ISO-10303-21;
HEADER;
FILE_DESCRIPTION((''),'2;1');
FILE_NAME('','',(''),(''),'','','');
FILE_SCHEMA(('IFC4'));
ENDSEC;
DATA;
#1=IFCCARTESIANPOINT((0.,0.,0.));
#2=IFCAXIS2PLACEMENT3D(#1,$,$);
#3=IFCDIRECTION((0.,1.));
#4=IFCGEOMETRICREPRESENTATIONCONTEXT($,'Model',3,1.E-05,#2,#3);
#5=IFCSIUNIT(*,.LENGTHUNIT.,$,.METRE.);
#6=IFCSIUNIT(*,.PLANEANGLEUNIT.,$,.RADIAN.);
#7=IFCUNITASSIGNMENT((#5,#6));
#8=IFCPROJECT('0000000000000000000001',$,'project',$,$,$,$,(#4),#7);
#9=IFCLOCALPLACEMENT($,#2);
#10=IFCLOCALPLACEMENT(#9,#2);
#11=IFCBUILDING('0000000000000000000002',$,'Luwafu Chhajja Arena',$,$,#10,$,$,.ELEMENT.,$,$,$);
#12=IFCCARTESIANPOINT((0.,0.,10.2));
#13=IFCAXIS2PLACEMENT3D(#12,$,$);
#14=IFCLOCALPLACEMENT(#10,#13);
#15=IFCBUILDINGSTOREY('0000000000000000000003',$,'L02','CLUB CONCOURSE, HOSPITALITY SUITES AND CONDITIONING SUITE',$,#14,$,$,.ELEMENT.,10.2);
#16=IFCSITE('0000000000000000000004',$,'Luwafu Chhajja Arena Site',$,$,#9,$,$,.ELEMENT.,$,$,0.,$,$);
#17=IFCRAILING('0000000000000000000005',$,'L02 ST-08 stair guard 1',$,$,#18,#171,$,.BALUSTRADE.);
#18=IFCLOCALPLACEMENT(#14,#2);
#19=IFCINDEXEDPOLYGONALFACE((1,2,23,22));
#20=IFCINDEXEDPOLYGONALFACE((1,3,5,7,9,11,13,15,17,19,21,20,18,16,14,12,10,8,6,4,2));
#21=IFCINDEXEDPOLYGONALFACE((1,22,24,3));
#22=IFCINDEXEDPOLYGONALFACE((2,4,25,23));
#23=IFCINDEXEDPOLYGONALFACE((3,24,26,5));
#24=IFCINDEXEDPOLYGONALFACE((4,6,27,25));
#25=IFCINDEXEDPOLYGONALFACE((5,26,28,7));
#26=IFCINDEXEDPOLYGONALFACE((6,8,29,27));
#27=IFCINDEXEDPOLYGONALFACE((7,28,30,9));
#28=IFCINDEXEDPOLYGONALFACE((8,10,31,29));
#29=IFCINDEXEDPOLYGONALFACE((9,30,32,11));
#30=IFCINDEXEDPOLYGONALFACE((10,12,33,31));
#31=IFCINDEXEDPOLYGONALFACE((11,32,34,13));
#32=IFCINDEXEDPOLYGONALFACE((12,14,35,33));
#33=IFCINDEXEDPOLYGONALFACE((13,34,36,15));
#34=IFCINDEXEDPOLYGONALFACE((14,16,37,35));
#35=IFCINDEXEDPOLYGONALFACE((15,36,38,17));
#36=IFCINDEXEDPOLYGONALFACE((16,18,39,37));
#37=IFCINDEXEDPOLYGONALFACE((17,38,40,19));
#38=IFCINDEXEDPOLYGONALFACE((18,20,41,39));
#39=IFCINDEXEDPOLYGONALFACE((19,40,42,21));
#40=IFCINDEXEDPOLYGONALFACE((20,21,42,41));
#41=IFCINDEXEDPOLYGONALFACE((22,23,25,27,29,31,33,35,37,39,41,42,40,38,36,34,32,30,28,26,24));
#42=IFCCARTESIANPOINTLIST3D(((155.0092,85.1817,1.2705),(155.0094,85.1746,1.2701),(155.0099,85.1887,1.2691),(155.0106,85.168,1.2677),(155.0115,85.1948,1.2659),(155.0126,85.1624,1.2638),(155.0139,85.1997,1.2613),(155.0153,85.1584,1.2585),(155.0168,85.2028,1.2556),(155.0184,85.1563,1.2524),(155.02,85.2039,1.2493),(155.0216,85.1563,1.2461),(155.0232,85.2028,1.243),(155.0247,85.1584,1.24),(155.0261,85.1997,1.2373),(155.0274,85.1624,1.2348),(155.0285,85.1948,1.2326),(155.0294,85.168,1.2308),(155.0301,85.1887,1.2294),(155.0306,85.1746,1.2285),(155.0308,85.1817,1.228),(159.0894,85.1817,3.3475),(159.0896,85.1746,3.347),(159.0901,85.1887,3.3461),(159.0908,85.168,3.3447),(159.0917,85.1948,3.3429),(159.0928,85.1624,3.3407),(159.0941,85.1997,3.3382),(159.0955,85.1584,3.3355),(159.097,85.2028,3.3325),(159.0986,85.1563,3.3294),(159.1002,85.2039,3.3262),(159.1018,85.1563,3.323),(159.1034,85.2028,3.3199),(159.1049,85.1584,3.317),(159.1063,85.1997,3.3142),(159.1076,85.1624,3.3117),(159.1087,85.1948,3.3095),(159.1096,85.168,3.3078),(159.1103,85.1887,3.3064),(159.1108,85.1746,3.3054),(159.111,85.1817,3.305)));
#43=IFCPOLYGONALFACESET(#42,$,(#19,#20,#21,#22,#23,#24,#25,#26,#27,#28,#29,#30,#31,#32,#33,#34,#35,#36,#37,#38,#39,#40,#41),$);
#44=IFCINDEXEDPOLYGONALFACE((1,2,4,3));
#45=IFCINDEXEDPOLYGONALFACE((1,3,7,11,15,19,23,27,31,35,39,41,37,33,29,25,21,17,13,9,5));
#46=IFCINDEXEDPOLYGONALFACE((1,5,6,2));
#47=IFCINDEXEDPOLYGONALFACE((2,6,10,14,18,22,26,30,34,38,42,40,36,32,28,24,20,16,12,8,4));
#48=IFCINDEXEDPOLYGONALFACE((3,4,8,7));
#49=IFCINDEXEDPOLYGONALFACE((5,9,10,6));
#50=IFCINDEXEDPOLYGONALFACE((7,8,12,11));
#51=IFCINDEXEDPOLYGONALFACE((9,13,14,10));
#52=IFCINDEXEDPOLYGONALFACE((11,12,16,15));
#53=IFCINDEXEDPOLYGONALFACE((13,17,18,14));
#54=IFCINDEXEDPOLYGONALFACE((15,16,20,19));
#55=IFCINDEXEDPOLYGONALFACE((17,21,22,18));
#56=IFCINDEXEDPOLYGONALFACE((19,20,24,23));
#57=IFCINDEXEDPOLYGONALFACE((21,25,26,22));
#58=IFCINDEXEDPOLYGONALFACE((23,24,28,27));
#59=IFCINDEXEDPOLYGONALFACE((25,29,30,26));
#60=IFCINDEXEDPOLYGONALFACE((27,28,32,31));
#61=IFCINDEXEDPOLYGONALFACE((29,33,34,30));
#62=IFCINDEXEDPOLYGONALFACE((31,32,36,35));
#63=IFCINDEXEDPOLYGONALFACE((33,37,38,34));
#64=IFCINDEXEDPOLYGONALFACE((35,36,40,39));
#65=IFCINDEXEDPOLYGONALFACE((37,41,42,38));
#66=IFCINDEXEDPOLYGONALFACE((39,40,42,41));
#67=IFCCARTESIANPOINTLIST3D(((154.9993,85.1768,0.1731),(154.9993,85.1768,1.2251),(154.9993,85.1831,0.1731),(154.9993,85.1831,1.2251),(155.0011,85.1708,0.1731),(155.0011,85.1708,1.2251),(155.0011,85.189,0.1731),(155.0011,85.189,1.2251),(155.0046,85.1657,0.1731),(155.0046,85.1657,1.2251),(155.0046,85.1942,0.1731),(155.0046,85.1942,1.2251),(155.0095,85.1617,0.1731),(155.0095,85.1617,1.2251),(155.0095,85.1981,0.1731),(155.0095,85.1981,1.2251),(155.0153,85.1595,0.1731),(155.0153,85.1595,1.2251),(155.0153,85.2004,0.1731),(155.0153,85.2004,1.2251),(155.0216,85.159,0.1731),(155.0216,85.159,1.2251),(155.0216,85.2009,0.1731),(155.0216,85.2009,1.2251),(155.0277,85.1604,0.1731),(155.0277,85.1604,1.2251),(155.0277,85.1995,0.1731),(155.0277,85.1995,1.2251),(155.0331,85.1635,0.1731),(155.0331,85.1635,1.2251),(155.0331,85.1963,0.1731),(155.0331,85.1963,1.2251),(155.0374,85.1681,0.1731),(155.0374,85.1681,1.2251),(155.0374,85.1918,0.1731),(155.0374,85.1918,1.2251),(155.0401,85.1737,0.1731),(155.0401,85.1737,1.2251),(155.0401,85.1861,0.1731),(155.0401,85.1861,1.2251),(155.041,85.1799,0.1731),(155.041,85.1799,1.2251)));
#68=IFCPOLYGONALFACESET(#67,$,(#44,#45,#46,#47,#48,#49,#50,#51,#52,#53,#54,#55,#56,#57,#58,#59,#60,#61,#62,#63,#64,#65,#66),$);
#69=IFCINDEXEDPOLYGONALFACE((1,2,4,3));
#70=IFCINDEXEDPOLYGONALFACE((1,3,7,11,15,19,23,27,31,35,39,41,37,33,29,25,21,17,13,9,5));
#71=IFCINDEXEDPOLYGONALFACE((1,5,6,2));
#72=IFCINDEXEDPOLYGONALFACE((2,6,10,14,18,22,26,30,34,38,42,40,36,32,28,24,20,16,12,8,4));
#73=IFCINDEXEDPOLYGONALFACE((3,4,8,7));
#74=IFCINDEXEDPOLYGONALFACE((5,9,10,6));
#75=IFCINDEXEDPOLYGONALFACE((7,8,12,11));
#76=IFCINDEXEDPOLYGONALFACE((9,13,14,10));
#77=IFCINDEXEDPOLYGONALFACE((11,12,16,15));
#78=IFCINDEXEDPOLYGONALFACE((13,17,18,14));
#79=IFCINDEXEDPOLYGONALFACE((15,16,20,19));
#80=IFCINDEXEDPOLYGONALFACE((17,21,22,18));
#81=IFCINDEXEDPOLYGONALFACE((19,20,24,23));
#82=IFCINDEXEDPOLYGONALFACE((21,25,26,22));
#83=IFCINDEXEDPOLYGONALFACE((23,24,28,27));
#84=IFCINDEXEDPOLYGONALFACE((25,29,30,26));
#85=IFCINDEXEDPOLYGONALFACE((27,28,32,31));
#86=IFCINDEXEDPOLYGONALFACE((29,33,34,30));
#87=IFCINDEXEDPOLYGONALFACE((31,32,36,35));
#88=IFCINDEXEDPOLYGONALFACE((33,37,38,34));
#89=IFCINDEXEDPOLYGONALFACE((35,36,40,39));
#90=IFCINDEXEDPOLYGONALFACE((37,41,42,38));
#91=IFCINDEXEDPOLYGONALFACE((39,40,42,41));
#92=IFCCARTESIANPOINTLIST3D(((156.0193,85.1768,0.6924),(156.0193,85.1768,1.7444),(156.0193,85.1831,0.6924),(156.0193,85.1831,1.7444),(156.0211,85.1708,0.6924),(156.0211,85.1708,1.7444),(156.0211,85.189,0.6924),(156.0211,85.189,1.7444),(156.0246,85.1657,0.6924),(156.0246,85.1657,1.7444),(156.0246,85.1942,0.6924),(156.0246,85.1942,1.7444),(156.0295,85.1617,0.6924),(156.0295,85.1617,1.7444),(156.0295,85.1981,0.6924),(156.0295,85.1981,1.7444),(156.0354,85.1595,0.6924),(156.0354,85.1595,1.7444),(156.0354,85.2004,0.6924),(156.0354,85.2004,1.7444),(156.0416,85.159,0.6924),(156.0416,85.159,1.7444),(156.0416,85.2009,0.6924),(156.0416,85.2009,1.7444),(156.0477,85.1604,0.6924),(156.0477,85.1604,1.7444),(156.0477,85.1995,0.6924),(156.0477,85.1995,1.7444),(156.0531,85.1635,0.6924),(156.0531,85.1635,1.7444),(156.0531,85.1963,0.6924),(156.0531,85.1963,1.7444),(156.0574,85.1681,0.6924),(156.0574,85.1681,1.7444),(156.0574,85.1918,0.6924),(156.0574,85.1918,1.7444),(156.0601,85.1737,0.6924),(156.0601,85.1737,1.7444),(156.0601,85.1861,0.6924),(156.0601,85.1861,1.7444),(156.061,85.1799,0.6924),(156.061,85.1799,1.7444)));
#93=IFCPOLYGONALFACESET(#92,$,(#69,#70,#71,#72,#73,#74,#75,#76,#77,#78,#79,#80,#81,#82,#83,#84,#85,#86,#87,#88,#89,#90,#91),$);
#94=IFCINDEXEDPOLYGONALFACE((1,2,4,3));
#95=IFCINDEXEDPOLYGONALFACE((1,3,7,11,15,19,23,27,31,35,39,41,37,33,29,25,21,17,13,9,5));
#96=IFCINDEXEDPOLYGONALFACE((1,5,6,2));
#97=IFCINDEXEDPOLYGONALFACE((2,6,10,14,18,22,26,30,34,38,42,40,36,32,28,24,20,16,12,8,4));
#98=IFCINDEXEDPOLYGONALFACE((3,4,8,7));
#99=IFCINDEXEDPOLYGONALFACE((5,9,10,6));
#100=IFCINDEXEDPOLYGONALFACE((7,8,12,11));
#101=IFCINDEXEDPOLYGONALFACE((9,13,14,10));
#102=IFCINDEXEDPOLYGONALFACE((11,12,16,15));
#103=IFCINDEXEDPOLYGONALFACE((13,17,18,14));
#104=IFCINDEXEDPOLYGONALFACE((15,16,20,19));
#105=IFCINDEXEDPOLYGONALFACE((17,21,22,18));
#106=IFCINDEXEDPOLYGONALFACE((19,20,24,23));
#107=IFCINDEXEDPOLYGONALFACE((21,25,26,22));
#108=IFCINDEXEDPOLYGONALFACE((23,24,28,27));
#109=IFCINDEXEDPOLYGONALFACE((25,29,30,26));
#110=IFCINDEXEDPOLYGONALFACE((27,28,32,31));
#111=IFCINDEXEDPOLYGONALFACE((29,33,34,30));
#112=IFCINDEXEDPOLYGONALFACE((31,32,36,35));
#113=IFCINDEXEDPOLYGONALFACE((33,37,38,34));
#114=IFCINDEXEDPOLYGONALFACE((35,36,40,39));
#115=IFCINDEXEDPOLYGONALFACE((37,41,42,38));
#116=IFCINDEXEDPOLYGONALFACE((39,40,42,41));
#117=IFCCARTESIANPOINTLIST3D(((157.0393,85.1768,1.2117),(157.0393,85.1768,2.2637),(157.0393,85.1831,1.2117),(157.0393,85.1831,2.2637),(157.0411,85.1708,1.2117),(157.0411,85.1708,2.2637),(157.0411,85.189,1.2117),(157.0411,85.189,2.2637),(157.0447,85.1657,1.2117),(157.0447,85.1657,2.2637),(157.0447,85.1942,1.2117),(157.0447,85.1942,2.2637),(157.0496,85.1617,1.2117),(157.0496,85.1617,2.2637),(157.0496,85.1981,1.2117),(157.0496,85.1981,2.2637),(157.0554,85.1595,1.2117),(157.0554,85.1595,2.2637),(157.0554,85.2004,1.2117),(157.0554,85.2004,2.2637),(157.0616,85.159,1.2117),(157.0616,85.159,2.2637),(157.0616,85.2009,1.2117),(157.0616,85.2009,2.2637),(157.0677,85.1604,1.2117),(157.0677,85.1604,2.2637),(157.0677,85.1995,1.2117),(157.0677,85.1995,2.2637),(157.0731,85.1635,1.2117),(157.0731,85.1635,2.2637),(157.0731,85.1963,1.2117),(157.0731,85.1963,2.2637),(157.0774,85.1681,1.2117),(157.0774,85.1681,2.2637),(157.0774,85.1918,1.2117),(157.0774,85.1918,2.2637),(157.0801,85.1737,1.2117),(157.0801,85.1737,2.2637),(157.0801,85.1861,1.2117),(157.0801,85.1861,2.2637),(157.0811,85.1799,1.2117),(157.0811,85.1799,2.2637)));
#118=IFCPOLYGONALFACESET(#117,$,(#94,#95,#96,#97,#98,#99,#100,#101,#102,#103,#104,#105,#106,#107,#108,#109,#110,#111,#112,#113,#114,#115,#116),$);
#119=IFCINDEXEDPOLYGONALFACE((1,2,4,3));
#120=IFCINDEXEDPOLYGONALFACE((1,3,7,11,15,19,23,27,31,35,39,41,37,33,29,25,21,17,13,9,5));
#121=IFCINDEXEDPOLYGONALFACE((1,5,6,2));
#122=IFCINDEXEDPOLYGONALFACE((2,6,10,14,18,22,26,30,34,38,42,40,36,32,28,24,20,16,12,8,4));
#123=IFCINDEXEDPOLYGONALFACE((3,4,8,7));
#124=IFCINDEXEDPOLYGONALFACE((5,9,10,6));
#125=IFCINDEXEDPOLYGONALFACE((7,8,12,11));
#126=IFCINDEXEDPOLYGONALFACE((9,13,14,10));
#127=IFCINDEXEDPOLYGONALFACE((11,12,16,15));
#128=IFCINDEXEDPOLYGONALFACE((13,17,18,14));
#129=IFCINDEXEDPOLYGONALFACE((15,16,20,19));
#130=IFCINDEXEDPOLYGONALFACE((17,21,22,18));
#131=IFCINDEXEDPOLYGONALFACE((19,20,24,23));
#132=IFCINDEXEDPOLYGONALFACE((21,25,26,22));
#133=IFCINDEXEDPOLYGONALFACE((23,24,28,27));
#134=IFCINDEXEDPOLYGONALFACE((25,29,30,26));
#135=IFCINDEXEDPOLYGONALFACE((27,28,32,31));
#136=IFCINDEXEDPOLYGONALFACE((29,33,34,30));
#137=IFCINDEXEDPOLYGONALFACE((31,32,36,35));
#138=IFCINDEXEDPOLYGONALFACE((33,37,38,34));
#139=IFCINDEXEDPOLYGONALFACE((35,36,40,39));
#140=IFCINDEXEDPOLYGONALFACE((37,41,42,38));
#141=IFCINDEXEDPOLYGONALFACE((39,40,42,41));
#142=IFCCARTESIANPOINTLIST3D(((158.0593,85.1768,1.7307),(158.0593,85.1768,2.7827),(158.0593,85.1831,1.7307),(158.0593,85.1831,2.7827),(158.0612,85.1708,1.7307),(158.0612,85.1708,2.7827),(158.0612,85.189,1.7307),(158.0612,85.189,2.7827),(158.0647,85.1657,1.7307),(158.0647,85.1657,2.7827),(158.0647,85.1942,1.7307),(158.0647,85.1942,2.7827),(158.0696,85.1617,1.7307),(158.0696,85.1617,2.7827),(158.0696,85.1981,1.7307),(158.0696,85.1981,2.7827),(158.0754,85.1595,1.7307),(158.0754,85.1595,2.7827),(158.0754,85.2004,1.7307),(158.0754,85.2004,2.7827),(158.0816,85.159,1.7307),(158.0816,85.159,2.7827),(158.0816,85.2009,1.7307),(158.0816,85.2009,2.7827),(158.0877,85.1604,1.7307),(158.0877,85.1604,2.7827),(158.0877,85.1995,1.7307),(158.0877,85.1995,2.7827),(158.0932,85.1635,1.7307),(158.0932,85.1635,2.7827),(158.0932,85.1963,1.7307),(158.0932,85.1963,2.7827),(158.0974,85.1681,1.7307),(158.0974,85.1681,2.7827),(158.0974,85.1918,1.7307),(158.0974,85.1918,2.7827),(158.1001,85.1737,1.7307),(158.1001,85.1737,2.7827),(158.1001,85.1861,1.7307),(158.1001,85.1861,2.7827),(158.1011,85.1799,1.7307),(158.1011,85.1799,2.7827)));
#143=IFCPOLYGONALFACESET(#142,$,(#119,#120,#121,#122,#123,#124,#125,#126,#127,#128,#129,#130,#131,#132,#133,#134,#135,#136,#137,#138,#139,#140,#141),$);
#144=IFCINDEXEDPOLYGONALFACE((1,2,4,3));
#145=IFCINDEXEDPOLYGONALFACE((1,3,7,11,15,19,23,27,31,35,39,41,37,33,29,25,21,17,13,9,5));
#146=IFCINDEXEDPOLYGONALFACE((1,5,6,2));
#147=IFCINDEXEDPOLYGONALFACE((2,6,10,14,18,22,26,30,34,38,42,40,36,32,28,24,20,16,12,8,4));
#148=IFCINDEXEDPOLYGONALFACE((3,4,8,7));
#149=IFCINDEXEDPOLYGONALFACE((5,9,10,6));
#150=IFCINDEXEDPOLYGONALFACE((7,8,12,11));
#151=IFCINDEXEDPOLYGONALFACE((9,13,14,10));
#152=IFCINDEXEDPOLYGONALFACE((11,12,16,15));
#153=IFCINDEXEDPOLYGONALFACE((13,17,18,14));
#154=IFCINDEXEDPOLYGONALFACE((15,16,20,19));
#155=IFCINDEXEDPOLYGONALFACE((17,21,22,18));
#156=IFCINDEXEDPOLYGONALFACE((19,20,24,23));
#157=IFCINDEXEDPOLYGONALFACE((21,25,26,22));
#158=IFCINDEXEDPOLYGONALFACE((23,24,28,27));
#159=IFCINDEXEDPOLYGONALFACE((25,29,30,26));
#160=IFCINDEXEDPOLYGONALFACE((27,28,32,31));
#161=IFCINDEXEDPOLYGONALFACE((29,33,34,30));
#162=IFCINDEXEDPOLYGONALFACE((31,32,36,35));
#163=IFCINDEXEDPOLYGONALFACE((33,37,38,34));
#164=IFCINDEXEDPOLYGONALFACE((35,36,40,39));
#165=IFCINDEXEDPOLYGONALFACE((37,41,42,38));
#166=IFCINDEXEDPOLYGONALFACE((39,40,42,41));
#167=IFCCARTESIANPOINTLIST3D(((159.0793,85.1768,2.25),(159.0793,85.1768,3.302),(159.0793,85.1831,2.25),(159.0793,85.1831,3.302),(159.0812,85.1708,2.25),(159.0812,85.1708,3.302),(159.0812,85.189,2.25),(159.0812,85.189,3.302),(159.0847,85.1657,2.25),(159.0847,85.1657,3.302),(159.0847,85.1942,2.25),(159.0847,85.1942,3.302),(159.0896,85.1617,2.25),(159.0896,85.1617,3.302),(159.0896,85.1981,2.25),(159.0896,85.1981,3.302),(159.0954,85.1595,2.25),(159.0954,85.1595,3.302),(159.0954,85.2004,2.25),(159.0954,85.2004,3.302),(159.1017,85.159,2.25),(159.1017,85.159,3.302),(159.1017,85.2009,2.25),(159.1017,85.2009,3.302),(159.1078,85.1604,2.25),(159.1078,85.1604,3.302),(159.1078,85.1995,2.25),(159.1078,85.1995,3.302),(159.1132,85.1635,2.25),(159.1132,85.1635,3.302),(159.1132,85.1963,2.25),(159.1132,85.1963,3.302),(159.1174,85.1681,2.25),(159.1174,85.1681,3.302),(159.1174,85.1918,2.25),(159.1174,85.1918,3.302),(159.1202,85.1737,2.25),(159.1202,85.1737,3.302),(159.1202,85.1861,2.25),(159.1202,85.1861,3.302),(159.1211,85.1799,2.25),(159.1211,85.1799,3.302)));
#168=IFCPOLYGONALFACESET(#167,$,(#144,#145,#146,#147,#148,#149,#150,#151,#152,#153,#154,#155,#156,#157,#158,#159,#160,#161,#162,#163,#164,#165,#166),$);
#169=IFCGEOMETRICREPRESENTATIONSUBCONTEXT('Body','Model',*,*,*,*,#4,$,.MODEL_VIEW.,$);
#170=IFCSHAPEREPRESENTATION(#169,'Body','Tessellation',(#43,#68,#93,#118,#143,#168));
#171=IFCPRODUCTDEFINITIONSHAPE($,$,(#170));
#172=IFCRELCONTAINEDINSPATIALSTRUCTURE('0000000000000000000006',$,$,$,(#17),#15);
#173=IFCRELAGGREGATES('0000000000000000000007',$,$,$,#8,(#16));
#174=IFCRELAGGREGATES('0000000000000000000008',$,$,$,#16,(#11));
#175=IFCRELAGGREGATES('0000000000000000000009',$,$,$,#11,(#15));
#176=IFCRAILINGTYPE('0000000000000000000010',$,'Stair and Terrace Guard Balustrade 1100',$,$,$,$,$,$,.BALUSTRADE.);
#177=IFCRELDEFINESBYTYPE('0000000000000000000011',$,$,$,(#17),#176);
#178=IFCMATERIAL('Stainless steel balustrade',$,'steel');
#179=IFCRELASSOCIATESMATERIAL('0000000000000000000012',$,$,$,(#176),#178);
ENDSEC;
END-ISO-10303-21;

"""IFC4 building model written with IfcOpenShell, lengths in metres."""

from ifc_helpers import new_model, si_unit, direction, frame, origin, origin_2d, place, context, subcontext, project, spatial, circle, extrude, material, type_object, element, save


model = new_model("IFC4")

# Units and contexts
model_context = context("Model", 3, precision=1e-05, world=origin(), true_north=direction((0.0, 1.0)))
body_context = subcontext(model_context, "Body", "Model", "MODEL_VIEW")
ifc_project = project(units=[si_unit("LENGTHUNIT", "METRE"), si_unit("PLANEANGLEUNIT", "RADIAN")], contexts=[model_context])

# Site, building, storey
site_placement = place(None, origin())
site = spatial("IfcSite", under=ifc_project, at=site_placement, Name="Luwafu Chhajja Arena Site", CompositionType="ELEMENT", RefElevation=0.0)
building_placement = place(site_placement, origin())
building = spatial("IfcBuilding", under=site, at=building_placement, Name="Luwafu Chhajja Arena", CompositionType="ELEMENT")
storey_placement = place(building_placement, frame((0.0, 0.0, 10.2)))
storey = spatial("IfcBuildingStorey", under=building, at=storey_placement, Name="L02", Description="CLUB CONCOURSE, HOSPITALITY SUITES AND CONDITIONING SUITE", CompositionType="ELEMENT", Elevation=10.2)

# Railing
ifc_material_1 = material(Name="Stainless steel balustrade", Category="steel")
railing_type_1 = type_object("IfcRailingType", Name="Stair and Terrace Guard Balustrade 1100", PredefinedType="BALUSTRADE", material=ifc_material_1)
railing_1_placement = place(storey_placement, frame((155.02, 85.1799, 0.1731)))
element("IfcRailing", 1, at=railing_1_placement, inside=storey, type_object=railing_type_1, Name="L02 ST-08 stair guard 1", PredefinedType="BALUSTRADE", context=body_context, shape_type="SweptSolid", body=[
    extrude(circle(Radius=0.0239, at=origin_2d()), frame((0.0, 0.0, 1.0762), z_axis=(0.891183, 0.0, 0.453644), x_axis=(0.0, 1.0, 0.0)), (0.0, 0.0, 1.0), 4.5784),
    extrude(circle(Radius=0.021, at=origin_2d()), origin(), (0.0, 0.0, 1.0), 1.052),
    extrude(circle(Radius=0.021, at=origin_2d()), frame((1.02, 0.0, 0.5193)), (0.0, 0.0, 1.0), 1.052),
    extrude(circle(Radius=0.021, at=origin_2d()), frame((2.04, 0.0, 1.0386)), (0.0, 0.0, 1.0), 1.052),
    extrude(circle(Radius=0.021, at=origin_2d()), frame((3.0601, 0.0, 1.5576)), (0.0, 0.0, 1.0), 1.052),
    extrude(circle(Radius=0.021, at=origin_2d()), frame((4.0801, 0.0, 2.0769)), (0.0, 0.0, 1.0), 1.052),
])

save(model, "model.ifc")
